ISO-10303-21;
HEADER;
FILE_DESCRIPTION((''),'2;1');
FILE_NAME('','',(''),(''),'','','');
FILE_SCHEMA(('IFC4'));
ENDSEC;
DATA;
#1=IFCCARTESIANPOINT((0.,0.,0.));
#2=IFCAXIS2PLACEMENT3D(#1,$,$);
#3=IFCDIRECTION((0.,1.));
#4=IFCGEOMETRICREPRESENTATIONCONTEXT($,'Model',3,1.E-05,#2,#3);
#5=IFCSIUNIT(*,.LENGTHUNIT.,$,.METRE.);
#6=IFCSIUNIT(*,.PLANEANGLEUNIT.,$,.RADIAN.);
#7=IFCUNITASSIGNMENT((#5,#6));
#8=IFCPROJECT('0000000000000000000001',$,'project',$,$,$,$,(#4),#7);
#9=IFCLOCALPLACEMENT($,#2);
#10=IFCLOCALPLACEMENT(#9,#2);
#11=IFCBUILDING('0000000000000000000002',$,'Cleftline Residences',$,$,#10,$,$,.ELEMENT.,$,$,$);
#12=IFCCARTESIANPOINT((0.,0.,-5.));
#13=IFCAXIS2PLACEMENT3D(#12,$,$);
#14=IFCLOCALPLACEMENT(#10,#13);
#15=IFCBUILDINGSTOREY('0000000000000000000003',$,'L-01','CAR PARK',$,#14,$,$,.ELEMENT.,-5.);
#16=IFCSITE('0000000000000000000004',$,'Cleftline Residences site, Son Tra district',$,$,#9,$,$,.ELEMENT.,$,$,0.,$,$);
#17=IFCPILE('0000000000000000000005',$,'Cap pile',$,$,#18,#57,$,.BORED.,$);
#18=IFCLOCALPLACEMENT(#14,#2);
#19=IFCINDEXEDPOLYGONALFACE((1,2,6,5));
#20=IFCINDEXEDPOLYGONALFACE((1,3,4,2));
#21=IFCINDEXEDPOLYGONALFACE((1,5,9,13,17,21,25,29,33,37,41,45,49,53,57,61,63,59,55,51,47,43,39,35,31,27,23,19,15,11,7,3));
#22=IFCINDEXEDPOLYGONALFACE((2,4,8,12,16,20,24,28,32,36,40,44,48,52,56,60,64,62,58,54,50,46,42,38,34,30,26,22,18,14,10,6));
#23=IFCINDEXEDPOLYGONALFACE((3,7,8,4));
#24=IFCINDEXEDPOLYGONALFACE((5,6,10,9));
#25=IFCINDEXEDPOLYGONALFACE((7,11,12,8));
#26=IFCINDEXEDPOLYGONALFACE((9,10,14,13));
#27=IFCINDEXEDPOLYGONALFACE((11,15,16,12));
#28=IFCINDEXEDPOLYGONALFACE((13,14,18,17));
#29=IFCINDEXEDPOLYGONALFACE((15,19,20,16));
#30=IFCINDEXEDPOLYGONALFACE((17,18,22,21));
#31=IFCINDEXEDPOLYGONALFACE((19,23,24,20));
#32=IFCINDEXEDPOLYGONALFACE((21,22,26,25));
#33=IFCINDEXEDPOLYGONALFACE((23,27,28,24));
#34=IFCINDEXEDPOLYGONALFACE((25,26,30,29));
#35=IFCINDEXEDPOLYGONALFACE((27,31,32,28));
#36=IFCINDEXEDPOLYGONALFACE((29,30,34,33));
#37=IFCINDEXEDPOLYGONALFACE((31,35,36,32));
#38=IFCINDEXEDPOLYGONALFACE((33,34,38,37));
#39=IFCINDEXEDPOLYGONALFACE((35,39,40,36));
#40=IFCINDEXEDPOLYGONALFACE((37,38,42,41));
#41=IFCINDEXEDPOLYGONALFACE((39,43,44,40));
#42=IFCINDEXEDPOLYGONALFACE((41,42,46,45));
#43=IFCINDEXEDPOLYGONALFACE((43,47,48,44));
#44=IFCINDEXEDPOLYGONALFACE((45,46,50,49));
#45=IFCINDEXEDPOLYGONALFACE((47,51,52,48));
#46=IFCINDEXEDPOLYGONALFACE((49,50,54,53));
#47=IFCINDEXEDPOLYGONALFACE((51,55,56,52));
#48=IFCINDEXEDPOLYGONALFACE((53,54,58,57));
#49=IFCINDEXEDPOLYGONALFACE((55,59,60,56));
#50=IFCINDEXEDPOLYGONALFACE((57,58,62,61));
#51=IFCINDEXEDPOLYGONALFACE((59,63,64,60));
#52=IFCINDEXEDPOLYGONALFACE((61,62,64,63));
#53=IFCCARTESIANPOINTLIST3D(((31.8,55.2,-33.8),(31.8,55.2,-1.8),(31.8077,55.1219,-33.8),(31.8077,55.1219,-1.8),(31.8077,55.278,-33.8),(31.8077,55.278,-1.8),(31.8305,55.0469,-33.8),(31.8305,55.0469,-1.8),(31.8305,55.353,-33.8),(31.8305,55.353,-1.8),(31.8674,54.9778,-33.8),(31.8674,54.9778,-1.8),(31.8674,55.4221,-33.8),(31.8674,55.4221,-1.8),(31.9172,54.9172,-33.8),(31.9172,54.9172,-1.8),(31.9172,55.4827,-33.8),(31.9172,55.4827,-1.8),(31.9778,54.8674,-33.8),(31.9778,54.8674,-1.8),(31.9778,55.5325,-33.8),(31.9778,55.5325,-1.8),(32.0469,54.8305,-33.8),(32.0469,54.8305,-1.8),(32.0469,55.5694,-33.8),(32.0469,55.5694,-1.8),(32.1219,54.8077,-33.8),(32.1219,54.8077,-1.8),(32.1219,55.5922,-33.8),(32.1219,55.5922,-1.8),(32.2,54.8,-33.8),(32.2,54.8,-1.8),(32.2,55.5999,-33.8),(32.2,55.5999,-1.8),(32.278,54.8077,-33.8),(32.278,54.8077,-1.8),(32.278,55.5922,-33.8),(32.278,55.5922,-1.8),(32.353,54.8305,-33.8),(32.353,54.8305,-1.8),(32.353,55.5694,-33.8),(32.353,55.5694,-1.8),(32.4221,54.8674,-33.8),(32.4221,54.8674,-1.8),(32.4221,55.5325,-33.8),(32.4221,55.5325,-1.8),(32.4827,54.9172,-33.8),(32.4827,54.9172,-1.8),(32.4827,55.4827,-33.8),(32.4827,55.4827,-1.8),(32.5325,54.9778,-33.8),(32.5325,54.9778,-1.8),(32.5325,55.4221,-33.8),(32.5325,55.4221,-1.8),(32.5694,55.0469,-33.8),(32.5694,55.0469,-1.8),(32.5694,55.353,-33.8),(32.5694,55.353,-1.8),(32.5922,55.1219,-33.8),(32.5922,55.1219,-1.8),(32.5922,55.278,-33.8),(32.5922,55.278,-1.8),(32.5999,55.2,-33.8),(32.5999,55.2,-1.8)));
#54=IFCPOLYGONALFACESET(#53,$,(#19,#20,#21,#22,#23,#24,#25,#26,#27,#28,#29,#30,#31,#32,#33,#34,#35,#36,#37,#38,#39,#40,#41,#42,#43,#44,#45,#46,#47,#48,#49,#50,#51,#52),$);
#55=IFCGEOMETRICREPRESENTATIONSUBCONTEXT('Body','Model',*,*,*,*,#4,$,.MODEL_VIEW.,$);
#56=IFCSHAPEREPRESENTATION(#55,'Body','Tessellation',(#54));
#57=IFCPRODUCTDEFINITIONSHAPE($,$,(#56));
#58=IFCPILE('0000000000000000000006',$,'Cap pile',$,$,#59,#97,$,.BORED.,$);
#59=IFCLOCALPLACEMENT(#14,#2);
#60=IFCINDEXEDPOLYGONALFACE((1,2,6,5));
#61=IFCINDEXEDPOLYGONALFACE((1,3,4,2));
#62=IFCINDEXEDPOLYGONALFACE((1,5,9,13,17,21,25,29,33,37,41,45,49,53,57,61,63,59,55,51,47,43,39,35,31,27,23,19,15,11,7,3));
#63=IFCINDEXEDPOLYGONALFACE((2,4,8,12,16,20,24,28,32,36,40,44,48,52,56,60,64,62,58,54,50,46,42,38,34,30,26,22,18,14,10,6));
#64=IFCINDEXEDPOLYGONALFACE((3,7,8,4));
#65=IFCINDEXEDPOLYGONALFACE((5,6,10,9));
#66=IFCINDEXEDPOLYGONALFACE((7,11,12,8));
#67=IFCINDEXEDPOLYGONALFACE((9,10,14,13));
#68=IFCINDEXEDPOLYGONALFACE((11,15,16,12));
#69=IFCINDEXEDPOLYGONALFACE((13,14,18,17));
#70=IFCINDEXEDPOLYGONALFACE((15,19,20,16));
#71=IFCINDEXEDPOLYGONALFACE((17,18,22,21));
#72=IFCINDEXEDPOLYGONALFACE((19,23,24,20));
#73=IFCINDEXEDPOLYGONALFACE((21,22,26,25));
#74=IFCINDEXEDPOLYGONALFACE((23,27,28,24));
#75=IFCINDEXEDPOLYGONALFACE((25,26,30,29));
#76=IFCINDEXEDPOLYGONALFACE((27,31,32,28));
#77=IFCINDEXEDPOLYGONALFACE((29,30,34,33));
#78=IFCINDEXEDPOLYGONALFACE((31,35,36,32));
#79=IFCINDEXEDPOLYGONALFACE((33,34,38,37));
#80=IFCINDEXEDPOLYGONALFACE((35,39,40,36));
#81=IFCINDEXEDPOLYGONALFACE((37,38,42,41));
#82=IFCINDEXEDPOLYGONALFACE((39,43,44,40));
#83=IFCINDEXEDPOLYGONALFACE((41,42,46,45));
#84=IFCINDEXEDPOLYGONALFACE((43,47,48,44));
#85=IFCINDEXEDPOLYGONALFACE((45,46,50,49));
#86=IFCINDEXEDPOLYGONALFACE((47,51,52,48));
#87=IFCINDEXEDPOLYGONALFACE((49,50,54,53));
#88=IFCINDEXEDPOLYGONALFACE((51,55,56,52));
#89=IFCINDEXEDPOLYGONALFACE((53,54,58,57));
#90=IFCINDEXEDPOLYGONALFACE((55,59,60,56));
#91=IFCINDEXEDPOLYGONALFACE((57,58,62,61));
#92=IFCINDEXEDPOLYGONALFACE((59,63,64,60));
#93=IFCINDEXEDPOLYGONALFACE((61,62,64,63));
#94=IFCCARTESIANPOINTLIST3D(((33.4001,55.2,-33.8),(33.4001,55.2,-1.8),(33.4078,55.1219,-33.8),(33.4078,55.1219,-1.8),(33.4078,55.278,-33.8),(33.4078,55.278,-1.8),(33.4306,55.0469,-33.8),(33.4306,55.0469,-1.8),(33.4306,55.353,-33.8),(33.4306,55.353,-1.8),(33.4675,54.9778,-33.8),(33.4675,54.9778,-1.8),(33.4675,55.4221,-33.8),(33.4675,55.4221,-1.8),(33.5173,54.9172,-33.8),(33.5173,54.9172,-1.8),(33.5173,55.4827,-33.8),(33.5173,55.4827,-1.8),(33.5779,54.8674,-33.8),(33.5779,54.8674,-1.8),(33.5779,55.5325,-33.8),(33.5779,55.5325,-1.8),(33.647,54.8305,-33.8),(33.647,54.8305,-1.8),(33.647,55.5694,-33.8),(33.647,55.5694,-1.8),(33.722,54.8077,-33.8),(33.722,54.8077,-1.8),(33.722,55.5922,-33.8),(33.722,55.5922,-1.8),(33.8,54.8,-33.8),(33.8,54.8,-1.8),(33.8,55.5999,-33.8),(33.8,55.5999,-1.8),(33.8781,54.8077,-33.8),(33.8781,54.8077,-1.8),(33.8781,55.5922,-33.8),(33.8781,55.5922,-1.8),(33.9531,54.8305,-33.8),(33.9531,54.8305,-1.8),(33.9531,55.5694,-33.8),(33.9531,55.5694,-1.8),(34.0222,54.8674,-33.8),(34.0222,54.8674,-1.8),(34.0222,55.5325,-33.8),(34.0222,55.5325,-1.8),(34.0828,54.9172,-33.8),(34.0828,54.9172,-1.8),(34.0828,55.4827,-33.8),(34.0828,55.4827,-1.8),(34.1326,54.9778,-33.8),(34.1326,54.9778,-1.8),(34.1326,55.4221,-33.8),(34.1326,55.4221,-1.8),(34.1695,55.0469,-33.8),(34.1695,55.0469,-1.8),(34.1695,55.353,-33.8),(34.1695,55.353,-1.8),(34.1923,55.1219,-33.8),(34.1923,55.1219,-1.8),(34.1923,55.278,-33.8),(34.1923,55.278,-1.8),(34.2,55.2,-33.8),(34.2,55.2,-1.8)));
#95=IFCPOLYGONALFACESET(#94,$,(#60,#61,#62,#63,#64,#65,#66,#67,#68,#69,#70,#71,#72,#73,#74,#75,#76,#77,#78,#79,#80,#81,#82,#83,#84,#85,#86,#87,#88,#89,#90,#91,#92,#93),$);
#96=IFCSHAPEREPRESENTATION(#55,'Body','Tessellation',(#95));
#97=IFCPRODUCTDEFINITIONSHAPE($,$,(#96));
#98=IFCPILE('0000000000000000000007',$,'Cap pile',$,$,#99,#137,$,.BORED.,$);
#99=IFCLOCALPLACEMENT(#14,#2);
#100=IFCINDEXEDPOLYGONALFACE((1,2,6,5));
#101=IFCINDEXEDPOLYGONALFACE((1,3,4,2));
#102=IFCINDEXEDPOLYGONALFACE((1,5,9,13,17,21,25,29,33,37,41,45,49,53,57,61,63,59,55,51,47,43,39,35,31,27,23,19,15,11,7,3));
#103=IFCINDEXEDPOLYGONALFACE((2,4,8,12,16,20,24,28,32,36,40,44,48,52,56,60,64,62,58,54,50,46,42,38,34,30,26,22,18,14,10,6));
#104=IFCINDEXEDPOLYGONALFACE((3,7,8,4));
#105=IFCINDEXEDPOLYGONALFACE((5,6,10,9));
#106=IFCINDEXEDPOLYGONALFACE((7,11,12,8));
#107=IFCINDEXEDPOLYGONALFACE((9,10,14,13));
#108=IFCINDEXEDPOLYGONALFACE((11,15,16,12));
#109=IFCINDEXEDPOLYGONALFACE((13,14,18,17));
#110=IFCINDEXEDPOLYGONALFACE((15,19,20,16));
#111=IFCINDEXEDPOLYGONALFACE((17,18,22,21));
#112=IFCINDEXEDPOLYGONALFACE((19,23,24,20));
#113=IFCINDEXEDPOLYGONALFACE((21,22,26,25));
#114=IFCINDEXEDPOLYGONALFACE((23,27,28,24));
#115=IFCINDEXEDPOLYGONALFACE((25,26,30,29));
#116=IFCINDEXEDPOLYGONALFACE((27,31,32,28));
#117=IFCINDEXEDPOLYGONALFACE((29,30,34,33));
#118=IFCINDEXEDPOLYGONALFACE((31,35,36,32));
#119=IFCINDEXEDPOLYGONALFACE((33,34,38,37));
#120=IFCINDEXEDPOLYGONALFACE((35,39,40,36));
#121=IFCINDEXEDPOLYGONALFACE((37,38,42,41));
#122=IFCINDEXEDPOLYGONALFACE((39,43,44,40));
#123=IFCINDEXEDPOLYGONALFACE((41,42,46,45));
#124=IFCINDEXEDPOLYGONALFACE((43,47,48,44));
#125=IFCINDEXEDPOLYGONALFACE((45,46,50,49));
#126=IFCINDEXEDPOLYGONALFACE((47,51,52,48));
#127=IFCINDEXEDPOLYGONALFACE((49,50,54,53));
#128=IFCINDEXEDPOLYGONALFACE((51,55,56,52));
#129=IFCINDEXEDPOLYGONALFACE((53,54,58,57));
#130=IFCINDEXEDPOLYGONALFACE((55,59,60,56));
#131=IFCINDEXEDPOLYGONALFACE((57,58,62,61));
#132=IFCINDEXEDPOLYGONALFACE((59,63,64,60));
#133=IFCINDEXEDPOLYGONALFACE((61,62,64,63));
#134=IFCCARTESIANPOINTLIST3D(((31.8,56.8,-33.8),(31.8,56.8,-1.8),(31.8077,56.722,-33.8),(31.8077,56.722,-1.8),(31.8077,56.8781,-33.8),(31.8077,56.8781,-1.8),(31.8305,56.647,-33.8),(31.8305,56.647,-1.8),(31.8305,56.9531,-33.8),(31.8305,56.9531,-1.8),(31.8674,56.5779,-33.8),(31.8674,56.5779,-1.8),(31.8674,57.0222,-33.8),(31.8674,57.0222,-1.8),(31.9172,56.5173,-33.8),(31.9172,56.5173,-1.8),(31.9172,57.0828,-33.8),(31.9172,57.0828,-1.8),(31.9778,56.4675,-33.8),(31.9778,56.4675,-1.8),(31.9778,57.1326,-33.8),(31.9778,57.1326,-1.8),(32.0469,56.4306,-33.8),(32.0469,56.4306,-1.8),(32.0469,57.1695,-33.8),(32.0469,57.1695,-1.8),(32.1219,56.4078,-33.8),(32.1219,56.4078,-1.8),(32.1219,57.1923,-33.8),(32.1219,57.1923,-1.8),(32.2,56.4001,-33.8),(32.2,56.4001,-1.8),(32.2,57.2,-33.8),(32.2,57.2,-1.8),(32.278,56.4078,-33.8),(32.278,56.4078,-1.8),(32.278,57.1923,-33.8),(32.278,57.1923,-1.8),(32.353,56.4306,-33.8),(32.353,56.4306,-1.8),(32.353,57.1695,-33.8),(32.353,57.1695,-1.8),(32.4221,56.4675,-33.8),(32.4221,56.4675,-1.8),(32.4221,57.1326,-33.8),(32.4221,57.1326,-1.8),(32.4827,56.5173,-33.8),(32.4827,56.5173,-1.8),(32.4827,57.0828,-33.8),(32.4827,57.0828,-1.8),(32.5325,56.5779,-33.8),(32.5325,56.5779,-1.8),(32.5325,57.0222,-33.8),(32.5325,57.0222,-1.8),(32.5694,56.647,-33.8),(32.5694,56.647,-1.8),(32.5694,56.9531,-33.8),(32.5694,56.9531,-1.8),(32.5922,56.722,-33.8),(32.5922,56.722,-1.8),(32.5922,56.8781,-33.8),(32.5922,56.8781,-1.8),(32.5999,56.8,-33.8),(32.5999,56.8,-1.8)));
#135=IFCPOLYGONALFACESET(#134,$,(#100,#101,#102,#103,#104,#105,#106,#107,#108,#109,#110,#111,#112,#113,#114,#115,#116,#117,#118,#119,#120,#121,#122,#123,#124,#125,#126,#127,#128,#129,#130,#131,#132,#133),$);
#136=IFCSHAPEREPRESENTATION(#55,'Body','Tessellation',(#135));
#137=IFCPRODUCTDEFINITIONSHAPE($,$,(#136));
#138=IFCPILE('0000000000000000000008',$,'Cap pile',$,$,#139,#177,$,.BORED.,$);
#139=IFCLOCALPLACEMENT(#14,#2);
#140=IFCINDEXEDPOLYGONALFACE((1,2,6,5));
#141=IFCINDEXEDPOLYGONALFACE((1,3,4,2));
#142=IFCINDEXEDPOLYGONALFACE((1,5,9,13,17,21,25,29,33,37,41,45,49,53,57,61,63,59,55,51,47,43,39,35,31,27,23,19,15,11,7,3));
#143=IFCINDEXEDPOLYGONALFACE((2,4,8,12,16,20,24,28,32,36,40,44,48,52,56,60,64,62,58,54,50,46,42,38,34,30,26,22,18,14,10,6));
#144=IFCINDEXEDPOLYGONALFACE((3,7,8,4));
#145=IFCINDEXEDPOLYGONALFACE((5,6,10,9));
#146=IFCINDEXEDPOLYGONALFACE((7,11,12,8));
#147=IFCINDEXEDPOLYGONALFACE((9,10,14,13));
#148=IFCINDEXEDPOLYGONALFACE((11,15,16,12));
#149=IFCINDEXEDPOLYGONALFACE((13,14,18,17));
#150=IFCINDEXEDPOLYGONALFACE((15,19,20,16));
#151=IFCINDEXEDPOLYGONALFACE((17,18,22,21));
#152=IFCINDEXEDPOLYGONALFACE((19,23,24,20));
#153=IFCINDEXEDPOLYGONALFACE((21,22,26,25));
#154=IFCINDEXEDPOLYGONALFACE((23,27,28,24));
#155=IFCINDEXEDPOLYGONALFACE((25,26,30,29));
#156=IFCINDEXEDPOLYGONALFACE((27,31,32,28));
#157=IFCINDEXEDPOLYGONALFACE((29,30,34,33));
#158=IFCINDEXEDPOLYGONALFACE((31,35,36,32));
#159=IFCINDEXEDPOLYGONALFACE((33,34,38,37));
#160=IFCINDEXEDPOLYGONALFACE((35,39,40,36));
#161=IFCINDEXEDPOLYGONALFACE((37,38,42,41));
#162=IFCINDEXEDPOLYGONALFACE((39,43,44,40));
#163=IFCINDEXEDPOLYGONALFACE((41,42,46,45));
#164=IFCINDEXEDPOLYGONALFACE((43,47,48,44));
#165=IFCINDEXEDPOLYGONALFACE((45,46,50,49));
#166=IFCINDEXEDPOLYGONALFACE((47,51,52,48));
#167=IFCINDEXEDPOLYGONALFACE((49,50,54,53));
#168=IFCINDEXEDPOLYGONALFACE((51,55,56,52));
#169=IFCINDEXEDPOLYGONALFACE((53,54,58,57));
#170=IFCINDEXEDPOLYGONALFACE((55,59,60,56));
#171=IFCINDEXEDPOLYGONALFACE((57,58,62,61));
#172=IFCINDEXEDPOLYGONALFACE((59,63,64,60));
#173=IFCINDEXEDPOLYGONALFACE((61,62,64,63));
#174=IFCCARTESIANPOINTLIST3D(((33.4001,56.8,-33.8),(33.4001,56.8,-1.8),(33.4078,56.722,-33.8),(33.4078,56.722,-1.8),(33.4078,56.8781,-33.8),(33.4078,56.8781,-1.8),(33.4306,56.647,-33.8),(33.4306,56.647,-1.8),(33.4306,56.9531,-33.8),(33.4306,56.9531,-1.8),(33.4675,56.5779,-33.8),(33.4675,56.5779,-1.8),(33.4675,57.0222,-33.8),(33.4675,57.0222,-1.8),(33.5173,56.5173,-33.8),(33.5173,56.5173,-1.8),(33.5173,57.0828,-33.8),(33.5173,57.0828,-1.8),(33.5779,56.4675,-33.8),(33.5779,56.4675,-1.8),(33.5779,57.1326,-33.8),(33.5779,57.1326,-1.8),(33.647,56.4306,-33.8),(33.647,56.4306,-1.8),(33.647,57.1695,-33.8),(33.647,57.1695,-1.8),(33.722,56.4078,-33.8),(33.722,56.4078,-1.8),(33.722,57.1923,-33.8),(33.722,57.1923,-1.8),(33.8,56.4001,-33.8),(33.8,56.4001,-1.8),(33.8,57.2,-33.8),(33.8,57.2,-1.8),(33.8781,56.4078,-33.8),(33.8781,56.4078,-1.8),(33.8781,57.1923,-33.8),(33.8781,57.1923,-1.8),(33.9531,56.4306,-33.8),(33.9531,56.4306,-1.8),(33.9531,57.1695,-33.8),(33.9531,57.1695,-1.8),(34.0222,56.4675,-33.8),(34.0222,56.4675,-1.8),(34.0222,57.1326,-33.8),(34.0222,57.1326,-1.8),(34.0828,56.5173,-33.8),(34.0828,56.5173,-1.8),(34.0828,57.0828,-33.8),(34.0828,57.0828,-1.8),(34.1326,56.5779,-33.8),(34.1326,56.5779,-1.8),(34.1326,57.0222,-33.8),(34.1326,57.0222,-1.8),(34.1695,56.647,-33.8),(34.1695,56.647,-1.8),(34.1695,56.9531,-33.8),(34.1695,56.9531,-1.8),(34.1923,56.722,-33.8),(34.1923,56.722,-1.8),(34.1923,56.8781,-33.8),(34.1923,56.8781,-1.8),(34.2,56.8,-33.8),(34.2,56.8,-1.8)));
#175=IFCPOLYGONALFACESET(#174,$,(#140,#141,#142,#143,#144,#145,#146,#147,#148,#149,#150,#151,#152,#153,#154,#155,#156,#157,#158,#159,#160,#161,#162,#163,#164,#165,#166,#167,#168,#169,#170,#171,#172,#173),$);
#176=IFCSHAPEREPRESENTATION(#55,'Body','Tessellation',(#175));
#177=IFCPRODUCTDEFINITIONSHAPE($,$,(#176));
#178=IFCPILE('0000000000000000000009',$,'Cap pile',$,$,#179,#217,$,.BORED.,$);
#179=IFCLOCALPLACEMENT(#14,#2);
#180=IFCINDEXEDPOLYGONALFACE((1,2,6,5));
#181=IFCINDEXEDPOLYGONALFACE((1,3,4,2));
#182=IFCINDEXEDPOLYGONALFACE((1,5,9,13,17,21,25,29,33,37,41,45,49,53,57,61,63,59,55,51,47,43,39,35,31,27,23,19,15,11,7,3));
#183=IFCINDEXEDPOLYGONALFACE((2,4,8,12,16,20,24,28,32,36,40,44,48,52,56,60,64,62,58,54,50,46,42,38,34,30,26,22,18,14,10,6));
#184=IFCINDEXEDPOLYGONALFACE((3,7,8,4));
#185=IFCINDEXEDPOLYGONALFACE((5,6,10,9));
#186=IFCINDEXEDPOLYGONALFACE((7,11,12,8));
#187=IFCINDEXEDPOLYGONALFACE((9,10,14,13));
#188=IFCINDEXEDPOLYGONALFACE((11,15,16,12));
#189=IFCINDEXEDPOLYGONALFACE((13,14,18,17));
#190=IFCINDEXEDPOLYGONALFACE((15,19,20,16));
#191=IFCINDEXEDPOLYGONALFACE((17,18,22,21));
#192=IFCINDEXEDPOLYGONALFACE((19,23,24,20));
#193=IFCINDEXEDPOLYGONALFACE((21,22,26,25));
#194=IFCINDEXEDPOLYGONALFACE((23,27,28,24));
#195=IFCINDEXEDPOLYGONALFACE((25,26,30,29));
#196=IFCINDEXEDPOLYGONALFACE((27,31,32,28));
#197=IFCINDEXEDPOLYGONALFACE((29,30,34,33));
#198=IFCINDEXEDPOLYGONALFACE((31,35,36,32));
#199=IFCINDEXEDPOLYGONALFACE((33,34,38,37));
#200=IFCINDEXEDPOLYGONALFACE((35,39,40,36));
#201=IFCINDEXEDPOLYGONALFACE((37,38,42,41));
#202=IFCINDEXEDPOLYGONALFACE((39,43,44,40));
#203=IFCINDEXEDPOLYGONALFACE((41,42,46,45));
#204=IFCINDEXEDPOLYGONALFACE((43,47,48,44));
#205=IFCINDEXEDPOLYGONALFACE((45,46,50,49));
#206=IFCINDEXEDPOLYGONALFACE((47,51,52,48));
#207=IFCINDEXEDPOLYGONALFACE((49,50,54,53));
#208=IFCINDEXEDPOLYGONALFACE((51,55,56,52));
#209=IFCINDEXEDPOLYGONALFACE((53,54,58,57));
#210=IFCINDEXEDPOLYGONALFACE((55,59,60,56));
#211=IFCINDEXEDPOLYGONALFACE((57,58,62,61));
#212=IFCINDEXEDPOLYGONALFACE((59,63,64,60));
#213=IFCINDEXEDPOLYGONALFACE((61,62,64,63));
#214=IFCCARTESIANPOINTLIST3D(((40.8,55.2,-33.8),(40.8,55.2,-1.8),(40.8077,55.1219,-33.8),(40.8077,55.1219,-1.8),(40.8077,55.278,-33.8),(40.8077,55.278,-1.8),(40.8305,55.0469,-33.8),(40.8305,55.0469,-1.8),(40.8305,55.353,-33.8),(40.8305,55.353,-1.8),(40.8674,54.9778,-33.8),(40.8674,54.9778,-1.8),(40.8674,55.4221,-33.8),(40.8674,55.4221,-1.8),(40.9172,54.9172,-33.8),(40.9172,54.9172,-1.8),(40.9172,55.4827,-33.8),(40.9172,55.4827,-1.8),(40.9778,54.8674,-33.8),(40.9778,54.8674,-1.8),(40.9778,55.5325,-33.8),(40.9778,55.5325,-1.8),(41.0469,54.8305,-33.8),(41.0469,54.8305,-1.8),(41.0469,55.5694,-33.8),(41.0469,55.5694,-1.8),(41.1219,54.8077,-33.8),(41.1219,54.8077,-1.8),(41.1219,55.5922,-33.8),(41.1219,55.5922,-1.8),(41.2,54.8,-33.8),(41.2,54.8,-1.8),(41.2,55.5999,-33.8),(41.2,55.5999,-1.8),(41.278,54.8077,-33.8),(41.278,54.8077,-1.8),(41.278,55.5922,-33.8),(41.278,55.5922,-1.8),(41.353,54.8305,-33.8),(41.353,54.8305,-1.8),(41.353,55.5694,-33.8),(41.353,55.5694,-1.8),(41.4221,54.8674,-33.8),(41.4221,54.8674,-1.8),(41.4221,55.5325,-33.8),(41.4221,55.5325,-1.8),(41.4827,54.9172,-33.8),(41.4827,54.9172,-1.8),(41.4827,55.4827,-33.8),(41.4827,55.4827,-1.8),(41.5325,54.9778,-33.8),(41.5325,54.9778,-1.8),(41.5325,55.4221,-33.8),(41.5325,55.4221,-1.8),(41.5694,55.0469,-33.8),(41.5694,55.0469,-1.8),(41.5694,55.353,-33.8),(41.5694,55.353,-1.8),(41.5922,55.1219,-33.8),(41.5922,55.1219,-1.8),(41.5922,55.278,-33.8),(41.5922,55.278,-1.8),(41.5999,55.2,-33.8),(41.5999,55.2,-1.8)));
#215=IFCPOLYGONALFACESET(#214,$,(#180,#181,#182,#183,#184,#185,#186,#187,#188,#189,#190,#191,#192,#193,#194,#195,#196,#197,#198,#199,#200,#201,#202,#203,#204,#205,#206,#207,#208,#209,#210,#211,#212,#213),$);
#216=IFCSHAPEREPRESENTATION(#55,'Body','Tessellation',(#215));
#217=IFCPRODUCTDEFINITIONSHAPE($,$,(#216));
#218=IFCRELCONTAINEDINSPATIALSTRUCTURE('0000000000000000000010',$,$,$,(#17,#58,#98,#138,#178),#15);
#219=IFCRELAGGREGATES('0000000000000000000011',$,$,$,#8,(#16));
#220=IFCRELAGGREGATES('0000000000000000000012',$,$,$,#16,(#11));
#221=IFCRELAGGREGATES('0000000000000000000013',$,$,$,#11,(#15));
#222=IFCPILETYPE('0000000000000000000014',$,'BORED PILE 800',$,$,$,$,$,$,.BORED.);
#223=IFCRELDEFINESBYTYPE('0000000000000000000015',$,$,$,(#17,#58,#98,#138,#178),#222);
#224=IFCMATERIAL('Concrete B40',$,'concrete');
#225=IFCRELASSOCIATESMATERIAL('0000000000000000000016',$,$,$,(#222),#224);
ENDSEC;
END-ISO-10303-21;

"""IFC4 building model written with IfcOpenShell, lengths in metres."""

from ifc_helpers import new_model, si_unit, direction, frame, origin, origin_2d, place, context, subcontext, project, spatial, circle, extrude, material, material_profile, profile_set, type_object, element, save


model = new_model("IFC4")

# Units and contexts
model_context = context("Model", 3, precision=1e-05, world=origin(), true_north=direction((0.0, 1.0)))
body_context = subcontext(model_context, "Body", "Model", "MODEL_VIEW")
ifc_project = project(units=[si_unit("LENGTHUNIT", "METRE"), si_unit("PLANEANGLEUNIT", "RADIAN")], contexts=[model_context])

# Site, building, storey
site_placement = place(None, origin())
site = spatial("IfcSite", under=ifc_project, at=site_placement, Name="Cleftline Residences site, Son Tra district", CompositionType="ELEMENT", RefElevation=0.0)
building_placement = place(site_placement, origin())
building = spatial("IfcBuilding", under=site, at=building_placement, Name="Cleftline Residences", CompositionType="ELEMENT")
storey_placement = place(building_placement, frame((0.0, 0.0, -5.0)))
storey = spatial("IfcBuildingStorey", under=building, at=storey_placement, Name="L-01", Description="CAR PARK", CompositionType="ELEMENT", Elevation=-5.0)

# Piles
ifc_material_1 = material(Name="Concrete B40", Category="concrete")
ifc_material_profile_1 = material_profile(ifc_material_1, circle(Radius=0.3999, at=origin_2d()))
ifc_profile_set_1 = profile_set([ifc_material_profile_1], Name="Concrete B40")
pile_type_1 = type_object("IfcPileType", Name="BORED PILE 800", PredefinedType="BORED", material=ifc_profile_set_1)
for number, where, z_axis, x_axis, name in (
    (1, (32.2, 55.2, -1.8), (0.0, 0.0, -1.0), (1.0, 0.0, 0.0), "Cap pile"),
    (2, (33.8, 55.2, -1.8), (0.0, 0.0, -1.0), (1.0, 0.0, 0.0), "Cap pile"),
    (3, (32.2, 56.8, -1.8), (0.0, 0.0, -1.0), (1.0, 0.0, 0.0), "Cap pile"),
    (4, (33.8, 56.8, -1.8), (0.0, 0.0, -1.0), (1.0, 0.0, 0.0), "Cap pile"),
    (5, (41.2, 55.2, -1.8), (0.0, 0.0, -1.0), (1.0, 0.0, 0.0), "Cap pile"),
):
    element("IfcPile", number, at=place(storey_placement, frame(where, z_axis=z_axis, x_axis=x_axis)), inside=storey, type_object=pile_type_1, Name=name, PredefinedType="BORED", context=body_context, shape_type="SweptSolid", body=[
        extrude(circle(Radius=0.3999, at=origin_2d()), origin(), (0.0, 0.0, 1.0), 32.0),
    ])

save(model, "model.ifc")
